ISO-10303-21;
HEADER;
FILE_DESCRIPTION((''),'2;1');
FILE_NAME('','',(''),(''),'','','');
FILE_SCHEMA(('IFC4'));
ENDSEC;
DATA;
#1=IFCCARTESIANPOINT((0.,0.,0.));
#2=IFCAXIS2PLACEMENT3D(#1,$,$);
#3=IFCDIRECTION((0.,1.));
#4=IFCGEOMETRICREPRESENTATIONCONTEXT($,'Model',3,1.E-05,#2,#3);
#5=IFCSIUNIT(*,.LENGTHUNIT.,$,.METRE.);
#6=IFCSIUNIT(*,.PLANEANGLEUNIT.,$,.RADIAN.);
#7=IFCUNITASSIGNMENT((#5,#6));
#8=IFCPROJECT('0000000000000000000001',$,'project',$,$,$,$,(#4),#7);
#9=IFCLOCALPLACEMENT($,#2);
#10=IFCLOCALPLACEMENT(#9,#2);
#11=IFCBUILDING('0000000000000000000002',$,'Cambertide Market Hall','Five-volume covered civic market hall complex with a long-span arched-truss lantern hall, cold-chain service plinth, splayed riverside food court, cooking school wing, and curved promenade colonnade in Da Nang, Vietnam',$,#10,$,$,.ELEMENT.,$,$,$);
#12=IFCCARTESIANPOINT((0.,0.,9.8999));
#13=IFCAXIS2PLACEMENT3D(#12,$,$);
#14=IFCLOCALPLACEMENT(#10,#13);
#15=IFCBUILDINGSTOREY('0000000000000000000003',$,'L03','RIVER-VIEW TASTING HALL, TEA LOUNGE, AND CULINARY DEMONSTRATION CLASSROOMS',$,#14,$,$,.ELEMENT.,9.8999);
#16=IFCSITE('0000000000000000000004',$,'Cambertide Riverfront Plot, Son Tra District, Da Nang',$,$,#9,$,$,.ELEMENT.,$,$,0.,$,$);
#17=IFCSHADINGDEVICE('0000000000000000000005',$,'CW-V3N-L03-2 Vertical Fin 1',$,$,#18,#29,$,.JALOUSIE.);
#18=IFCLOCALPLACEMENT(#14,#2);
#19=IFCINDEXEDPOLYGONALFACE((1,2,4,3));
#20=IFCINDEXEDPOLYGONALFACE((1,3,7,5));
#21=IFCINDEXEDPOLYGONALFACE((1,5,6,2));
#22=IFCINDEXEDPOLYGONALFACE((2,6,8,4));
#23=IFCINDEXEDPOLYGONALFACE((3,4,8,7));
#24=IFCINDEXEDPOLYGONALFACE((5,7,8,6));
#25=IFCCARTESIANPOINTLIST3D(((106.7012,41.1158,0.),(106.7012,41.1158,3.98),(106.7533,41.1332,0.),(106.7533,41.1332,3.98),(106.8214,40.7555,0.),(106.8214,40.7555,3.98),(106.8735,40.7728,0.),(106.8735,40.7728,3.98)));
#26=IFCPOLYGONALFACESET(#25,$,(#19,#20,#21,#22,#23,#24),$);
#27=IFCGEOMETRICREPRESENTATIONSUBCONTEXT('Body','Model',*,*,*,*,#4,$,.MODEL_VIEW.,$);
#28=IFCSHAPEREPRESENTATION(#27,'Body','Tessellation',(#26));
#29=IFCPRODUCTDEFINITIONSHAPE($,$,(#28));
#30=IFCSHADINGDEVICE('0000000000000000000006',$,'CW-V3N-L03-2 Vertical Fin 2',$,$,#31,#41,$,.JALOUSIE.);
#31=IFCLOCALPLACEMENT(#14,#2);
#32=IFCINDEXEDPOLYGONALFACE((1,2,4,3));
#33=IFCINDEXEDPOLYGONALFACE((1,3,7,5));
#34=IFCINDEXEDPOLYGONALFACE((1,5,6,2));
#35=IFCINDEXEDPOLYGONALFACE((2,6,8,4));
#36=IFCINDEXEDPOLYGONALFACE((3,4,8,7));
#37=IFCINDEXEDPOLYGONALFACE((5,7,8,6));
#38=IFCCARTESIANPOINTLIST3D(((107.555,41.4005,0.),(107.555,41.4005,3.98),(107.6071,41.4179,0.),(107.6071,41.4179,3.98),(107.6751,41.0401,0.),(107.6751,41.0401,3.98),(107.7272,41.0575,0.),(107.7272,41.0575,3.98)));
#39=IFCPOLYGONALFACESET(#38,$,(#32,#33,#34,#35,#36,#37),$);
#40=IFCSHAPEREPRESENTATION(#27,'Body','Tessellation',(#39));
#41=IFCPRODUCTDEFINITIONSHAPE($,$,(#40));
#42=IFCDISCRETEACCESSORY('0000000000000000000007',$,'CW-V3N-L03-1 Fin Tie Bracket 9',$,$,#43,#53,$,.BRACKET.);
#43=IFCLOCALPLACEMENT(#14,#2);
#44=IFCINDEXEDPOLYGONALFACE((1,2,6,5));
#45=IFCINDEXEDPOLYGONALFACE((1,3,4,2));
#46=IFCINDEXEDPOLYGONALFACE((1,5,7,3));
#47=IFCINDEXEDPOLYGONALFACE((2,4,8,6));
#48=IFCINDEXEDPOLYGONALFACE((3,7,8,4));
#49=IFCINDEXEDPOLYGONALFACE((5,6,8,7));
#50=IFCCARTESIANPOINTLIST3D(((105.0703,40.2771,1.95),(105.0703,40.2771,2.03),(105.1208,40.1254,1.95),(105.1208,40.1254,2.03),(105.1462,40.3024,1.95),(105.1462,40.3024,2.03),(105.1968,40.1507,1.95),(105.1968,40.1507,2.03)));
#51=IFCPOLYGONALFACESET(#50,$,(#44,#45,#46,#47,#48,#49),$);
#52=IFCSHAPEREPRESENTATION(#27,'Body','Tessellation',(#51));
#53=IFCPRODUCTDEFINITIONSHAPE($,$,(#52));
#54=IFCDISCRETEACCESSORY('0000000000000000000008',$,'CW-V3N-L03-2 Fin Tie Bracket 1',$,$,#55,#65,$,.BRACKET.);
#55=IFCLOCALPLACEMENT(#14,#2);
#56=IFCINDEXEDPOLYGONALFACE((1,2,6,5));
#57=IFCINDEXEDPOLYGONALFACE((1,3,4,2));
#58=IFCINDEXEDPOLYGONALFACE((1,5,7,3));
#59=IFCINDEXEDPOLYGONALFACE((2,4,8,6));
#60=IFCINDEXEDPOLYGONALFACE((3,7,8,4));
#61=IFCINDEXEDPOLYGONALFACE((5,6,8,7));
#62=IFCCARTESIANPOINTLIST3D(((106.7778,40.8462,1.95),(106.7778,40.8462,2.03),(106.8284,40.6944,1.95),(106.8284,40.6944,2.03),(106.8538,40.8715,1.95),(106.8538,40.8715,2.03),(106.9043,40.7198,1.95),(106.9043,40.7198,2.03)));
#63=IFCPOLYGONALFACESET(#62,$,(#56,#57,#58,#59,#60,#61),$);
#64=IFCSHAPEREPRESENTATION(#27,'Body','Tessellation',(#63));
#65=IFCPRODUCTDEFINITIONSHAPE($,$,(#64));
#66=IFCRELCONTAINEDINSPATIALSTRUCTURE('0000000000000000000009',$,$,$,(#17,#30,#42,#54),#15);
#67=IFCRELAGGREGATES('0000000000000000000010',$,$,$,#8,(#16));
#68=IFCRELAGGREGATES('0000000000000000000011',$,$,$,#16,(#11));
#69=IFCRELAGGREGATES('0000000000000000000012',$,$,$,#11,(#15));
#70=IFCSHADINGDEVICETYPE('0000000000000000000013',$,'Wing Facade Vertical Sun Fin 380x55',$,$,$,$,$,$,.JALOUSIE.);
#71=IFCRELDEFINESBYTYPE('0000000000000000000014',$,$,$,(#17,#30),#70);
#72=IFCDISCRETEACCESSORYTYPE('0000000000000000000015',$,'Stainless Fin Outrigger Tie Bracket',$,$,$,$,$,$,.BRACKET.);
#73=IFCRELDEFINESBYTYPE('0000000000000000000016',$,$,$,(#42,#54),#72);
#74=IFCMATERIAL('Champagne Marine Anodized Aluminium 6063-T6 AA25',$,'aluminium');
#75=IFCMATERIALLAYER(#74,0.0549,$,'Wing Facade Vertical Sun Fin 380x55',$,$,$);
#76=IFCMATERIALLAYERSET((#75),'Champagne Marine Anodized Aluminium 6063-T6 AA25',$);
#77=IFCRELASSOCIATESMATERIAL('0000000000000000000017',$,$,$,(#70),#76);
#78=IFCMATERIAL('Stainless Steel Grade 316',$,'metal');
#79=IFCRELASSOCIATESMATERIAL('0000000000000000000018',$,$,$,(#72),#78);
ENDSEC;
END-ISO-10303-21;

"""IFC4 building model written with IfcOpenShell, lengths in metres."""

from ifc_helpers import new_model, si_unit, direction, frame, origin, origin_2d, place, context, subcontext, project, spatial, rectangle, extrude, material, layer, layer_set, type_object, element, save


model = new_model("IFC4")

# Units and contexts
model_context = context("Model", 3, precision=1e-05, world=origin(), true_north=direction((0.0, 1.0)))
body_context = subcontext(model_context, "Body", "Model", "MODEL_VIEW")
ifc_project = project(units=[si_unit("LENGTHUNIT", "METRE"), si_unit("PLANEANGLEUNIT", "RADIAN")], contexts=[model_context])

# Site, building, storey
site_placement = place(None, origin())
site = spatial("IfcSite", under=ifc_project, at=site_placement, Name="Cambertide Riverfront Plot, Son Tra District, Da Nang", CompositionType="ELEMENT", RefElevation=0.0)
building_placement = place(site_placement, origin())
building = spatial("IfcBuilding", under=site, at=building_placement, Name="Cambertide Market Hall", Description="Five-volume covered civic market hall complex with a long-span arched-truss lantern hall, cold-chain service plinth, splayed riverside food court, cooking school wing, and curved promenade colonnade in Da Nang, Vietnam", CompositionType="ELEMENT")
storey_placement = place(building_placement, frame((0.0, 0.0, 9.8999)))
storey = spatial("IfcBuildingStorey", under=building, at=storey_placement, Name="L03", Description="RIVER-VIEW TASTING HALL, TEA LOUNGE, AND CULINARY DEMONSTRATION CLASSROOMS", CompositionType="ELEMENT", Elevation=9.8999)

# Shading devices
ifc_material_1 = material(Name="Champagne Marine Anodized Aluminium 6063-T6 AA25", Category="aluminium")
ifc_layer_1 = layer(ifc_material_1, 0.0549, Name="Wing Facade Vertical Sun Fin 380x55")
ifc_layer_set_1 = layer_set([ifc_layer_1], Name="Champagne Marine Anodized Aluminium 6063-T6 AA25")
shading_device_type = type_object("IfcShadingDeviceType", Name="Wing Facade Vertical Sun Fin 380x55", PredefinedType="JALOUSIE", material=ifc_layer_set_1)
for number, where, z_axis, x_axis, name in (
    (1, (106.7874, 40.9443, 0.0), (0.0, 0.0, 1.0), (0.948683, 0.316228, 0.0), "CW-V3N-L03-2 Vertical Fin 1"),
    (2, (107.6411, 41.229, 0.0), (0.0, 0.0, 1.0), (0.948683, 0.316228, 0.0), "CW-V3N-L03-2 Vertical Fin 2"),
):
    element("IfcShadingDevice", number, at=place(storey_placement, frame(where, z_axis=z_axis, x_axis=x_axis)), inside=storey, type_object=shading_device_type, Name=name, PredefinedType="JALOUSIE", context=body_context, shape_type="SweptSolid", body=[
        extrude(rectangle(XDim=0.0549, YDim=0.3799, at=origin_2d()), origin(), (0.0, 0.0, 1.0), 3.98),
    ])

# Discrete accessories
ifc_material_2 = material(Name="Stainless Steel Grade 316", Category="metal")
discrete_accessory_type = type_object("IfcDiscreteAccessoryType", Name="Stainless Fin Outrigger Tie Bracket", PredefinedType="BRACKET", material=ifc_material_2)
for number, where, z_axis, x_axis, name in (
    (3, (105.1335, 40.2139, 1.95), (0.0, 0.0, 1.0), (0.948683, 0.316228, 0.0), "CW-V3N-L03-1 Fin Tie Bracket 9"),
    (4, (106.8411, 40.783, 1.95), (0.0, 0.0, 1.0), (0.948683, 0.316228, 0.0), "CW-V3N-L03-2 Fin Tie Bracket 1"),
):
    element("IfcDiscreteAccessory", number, at=place(storey_placement, frame(where, z_axis=z_axis, x_axis=x_axis)), inside=storey, type_object=discrete_accessory_type, Name=name, PredefinedType="BRACKET", context=body_context, shape_type="SweptSolid", body=[
        extrude(rectangle(XDim=0.0801, YDim=0.1599, at=origin_2d()), origin(), (0.0, 0.0, 1.0), 0.0801),
    ])

save(model, "model.ifc")
